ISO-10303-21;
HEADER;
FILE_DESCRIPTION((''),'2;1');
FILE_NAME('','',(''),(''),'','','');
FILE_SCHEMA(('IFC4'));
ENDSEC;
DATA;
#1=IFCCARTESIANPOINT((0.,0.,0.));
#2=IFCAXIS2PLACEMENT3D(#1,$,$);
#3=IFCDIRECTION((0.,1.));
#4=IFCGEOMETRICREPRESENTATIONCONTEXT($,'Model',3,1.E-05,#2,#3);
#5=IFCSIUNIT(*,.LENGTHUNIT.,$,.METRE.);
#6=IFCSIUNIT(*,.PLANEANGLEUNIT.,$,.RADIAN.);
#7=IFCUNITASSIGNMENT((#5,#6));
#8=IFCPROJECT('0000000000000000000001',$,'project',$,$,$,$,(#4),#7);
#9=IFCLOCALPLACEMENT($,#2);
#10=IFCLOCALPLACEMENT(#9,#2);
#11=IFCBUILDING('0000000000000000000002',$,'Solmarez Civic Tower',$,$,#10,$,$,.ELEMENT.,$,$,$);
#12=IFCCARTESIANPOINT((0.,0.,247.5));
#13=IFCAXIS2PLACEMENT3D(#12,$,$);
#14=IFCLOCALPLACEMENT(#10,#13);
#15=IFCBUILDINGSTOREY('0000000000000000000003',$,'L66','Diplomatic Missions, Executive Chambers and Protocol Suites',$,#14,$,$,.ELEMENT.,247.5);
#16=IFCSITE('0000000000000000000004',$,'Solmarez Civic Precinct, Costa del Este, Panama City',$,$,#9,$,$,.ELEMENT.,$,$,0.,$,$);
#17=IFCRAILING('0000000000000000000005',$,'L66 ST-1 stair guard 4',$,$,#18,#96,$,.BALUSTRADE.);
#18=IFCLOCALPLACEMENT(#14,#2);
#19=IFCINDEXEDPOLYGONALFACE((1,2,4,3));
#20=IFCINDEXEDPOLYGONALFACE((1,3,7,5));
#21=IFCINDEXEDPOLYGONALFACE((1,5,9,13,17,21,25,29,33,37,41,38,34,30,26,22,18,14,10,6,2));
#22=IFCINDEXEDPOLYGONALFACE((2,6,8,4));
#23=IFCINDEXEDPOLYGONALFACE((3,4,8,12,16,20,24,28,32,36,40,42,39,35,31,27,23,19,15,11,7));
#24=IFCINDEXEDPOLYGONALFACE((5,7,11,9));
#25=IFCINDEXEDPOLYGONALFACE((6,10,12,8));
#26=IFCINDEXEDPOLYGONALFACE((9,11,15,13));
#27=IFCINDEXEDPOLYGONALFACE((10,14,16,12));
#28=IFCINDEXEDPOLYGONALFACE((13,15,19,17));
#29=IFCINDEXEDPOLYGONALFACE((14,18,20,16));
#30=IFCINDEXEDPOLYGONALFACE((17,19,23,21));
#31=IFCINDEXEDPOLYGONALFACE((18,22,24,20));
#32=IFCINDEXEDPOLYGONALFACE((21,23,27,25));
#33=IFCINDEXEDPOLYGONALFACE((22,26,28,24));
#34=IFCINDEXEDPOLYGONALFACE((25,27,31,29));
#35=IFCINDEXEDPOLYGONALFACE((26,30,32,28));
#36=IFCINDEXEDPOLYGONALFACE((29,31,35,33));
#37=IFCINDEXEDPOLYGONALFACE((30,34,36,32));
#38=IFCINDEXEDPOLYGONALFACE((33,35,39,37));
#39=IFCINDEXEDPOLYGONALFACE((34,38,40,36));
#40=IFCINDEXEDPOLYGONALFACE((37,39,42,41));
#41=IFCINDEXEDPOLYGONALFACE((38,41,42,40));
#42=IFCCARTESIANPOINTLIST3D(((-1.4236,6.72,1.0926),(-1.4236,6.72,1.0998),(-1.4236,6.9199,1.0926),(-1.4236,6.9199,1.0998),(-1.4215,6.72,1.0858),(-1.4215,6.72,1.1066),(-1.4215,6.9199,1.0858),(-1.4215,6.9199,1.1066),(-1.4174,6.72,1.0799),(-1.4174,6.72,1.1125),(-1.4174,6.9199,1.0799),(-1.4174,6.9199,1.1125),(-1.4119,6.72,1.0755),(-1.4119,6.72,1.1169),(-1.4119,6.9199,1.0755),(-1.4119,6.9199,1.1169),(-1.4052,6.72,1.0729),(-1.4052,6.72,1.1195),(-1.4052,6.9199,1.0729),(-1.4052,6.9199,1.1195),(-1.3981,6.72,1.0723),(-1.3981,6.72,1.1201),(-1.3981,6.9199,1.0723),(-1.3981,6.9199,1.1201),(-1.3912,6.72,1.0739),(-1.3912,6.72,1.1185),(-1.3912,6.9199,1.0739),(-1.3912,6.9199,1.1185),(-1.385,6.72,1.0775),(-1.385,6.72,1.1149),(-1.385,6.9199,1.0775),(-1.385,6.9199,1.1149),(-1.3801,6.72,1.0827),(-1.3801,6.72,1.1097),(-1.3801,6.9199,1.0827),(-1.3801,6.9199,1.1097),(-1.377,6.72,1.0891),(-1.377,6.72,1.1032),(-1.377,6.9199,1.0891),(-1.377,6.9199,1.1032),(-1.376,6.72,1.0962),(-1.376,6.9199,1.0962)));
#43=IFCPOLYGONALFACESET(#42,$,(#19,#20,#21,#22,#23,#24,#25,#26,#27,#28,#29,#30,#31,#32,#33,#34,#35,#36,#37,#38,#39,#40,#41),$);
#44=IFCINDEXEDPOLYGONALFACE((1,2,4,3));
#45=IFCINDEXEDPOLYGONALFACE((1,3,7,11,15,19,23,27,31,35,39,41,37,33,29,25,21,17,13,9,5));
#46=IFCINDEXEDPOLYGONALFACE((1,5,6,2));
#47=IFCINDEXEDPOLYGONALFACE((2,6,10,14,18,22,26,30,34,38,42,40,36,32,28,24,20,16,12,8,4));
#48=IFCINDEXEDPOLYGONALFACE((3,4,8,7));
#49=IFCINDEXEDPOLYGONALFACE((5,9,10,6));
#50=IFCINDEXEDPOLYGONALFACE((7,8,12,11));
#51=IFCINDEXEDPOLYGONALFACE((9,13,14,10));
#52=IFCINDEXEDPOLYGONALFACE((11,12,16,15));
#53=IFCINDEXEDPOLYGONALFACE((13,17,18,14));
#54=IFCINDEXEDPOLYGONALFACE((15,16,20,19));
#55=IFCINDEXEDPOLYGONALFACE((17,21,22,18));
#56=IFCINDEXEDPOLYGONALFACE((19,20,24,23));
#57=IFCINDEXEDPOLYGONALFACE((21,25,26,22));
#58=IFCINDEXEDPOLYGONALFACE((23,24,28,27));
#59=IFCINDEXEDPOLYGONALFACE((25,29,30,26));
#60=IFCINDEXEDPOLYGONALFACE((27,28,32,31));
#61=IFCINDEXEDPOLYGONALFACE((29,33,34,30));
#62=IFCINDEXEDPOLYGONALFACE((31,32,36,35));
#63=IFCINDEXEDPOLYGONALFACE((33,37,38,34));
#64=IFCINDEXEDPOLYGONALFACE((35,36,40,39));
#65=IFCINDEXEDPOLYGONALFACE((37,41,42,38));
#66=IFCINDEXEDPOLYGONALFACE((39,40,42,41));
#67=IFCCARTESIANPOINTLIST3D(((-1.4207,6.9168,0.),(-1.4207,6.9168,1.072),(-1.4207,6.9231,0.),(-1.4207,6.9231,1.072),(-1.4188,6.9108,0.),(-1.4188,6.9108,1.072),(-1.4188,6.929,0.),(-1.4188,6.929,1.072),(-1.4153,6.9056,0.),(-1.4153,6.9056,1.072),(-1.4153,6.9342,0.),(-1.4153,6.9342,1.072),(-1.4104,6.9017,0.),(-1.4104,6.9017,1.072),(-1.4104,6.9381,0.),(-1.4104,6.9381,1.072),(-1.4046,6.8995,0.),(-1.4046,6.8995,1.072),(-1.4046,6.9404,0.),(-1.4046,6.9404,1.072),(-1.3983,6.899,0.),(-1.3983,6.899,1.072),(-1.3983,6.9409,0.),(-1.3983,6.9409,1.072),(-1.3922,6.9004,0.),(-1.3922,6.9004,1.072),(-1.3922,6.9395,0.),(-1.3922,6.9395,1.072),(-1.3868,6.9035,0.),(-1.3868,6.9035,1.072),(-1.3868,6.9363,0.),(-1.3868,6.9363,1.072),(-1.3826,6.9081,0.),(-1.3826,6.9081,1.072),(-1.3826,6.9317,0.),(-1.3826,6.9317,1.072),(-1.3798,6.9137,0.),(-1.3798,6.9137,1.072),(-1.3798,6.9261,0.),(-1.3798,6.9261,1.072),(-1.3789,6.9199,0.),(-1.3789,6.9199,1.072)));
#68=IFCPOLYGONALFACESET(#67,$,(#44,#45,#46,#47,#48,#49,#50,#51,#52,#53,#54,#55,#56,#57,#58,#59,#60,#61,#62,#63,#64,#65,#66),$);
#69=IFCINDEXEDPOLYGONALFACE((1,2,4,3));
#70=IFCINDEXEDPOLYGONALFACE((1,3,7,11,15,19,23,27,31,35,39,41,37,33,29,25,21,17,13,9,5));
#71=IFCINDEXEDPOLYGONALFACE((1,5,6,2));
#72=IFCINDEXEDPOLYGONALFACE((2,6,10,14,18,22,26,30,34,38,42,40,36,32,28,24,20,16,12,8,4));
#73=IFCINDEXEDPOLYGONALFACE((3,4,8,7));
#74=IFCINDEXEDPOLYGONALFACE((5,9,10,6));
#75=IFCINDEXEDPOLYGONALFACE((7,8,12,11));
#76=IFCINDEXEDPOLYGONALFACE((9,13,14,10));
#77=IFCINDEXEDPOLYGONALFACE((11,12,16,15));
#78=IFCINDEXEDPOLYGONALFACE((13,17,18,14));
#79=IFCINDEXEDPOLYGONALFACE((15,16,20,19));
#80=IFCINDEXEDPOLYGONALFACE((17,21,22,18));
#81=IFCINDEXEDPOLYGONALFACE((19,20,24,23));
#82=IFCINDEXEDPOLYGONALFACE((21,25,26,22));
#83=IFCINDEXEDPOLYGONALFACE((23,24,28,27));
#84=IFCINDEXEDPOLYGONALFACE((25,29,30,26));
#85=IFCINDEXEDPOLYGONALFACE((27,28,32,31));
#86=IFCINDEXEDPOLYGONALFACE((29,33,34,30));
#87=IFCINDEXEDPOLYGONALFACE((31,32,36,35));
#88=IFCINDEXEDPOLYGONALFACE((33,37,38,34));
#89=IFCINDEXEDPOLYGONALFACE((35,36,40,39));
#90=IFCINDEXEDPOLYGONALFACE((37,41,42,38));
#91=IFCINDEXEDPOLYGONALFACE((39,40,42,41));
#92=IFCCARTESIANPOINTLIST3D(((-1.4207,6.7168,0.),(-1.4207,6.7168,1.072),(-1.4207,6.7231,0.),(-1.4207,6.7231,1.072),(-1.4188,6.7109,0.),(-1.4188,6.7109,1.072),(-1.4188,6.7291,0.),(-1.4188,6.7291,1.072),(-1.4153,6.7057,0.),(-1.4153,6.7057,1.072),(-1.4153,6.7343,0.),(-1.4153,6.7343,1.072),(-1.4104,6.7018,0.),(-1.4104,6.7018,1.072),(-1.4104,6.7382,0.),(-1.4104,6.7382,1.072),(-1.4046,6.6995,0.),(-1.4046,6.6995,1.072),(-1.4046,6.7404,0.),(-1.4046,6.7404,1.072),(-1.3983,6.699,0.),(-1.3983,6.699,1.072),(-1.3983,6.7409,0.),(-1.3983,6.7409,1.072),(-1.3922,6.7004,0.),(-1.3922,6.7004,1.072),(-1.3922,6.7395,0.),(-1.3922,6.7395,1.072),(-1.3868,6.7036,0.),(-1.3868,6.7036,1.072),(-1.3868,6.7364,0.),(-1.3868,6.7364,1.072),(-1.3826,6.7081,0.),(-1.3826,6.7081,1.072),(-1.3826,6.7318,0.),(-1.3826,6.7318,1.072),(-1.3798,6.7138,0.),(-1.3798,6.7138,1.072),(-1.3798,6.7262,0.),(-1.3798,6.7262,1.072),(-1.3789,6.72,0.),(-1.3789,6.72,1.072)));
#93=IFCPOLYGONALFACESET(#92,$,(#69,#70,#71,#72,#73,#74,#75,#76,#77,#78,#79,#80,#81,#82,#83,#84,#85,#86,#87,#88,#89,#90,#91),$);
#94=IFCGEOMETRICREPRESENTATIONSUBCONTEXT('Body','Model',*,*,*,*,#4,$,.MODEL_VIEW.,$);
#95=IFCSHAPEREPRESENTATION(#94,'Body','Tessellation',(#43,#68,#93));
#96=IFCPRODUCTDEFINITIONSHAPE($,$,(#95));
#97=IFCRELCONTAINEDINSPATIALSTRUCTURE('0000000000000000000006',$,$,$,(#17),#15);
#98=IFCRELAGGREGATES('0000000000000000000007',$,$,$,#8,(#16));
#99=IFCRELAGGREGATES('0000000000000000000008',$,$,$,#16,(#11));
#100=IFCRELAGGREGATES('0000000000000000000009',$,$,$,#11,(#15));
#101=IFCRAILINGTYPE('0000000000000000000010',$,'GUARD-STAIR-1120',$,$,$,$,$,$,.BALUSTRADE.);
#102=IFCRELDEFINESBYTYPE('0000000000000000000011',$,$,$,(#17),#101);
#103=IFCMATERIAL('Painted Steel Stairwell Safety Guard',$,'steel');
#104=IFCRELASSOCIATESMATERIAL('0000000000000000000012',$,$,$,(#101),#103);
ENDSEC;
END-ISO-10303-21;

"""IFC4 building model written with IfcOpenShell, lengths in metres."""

from ifc_helpers import new_model, si_unit, direction, frame, origin, origin_2d, place, context, subcontext, project, spatial, circle, extrude, material, type_object, element, save


model = new_model("IFC4")

# Units and contexts
model_context = context("Model", 3, precision=1e-05, world=origin(), true_north=direction((0.0, 1.0)))
body_context = subcontext(model_context, "Body", "Model", "MODEL_VIEW")
ifc_project = project(units=[si_unit("LENGTHUNIT", "METRE"), si_unit("PLANEANGLEUNIT", "RADIAN")], contexts=[model_context])

# Site, building, storey
site_placement = place(None, origin())
site = spatial("IfcSite", under=ifc_project, at=site_placement, Name="Solmarez Civic Precinct, Costa del Este, Panama City", CompositionType="ELEMENT", RefElevation=0.0)
building_placement = place(site_placement, origin())
building = spatial("IfcBuilding", under=site, at=building_placement, Name="Solmarez Civic Tower", CompositionType="ELEMENT")
storey_placement = place(building_placement, frame((0.0, 0.0, 247.5)))
storey = spatial("IfcBuildingStorey", under=building, at=storey_placement, Name="L66", Description="Diplomatic Missions, Executive Chambers and Protocol Suites", CompositionType="ELEMENT", Elevation=247.5)

# Railing
ifc_material_1 = material(Name="Painted Steel Stairwell Safety Guard", Category="steel")
railing_type_1 = type_object("IfcRailingType", Name="GUARD-STAIR-1120", PredefinedType="BALUSTRADE", material=ifc_material_1)
railing_1_placement = place(storey_placement, frame((-1.3999, 6.9199, 0.0)))
element("IfcRailing", 1, at=railing_1_placement, inside=storey, type_object=railing_type_1, Name="L66 ST-1 stair guard 4", PredefinedType="BALUSTRADE", context=body_context, shape_type="SweptSolid", body=[
    extrude(circle(Radius=0.0239, at=origin_2d()), frame((0.0, 0.0, 1.0962), z_axis=(0.0, -1.0, 0.0), x_axis=(1.0, 0.0, 0.0)), (0.0, 0.0, 1.0), 0.2),
    extrude(circle(Radius=0.021, at=origin_2d()), origin(), (0.0, 0.0, 1.0), 1.072),
    extrude(circle(Radius=0.021, at=origin_2d()), frame((0.0, -0.2, 0.0)), (0.0, 0.0, 1.0), 1.072),
])

save(model, "model.ifc")
